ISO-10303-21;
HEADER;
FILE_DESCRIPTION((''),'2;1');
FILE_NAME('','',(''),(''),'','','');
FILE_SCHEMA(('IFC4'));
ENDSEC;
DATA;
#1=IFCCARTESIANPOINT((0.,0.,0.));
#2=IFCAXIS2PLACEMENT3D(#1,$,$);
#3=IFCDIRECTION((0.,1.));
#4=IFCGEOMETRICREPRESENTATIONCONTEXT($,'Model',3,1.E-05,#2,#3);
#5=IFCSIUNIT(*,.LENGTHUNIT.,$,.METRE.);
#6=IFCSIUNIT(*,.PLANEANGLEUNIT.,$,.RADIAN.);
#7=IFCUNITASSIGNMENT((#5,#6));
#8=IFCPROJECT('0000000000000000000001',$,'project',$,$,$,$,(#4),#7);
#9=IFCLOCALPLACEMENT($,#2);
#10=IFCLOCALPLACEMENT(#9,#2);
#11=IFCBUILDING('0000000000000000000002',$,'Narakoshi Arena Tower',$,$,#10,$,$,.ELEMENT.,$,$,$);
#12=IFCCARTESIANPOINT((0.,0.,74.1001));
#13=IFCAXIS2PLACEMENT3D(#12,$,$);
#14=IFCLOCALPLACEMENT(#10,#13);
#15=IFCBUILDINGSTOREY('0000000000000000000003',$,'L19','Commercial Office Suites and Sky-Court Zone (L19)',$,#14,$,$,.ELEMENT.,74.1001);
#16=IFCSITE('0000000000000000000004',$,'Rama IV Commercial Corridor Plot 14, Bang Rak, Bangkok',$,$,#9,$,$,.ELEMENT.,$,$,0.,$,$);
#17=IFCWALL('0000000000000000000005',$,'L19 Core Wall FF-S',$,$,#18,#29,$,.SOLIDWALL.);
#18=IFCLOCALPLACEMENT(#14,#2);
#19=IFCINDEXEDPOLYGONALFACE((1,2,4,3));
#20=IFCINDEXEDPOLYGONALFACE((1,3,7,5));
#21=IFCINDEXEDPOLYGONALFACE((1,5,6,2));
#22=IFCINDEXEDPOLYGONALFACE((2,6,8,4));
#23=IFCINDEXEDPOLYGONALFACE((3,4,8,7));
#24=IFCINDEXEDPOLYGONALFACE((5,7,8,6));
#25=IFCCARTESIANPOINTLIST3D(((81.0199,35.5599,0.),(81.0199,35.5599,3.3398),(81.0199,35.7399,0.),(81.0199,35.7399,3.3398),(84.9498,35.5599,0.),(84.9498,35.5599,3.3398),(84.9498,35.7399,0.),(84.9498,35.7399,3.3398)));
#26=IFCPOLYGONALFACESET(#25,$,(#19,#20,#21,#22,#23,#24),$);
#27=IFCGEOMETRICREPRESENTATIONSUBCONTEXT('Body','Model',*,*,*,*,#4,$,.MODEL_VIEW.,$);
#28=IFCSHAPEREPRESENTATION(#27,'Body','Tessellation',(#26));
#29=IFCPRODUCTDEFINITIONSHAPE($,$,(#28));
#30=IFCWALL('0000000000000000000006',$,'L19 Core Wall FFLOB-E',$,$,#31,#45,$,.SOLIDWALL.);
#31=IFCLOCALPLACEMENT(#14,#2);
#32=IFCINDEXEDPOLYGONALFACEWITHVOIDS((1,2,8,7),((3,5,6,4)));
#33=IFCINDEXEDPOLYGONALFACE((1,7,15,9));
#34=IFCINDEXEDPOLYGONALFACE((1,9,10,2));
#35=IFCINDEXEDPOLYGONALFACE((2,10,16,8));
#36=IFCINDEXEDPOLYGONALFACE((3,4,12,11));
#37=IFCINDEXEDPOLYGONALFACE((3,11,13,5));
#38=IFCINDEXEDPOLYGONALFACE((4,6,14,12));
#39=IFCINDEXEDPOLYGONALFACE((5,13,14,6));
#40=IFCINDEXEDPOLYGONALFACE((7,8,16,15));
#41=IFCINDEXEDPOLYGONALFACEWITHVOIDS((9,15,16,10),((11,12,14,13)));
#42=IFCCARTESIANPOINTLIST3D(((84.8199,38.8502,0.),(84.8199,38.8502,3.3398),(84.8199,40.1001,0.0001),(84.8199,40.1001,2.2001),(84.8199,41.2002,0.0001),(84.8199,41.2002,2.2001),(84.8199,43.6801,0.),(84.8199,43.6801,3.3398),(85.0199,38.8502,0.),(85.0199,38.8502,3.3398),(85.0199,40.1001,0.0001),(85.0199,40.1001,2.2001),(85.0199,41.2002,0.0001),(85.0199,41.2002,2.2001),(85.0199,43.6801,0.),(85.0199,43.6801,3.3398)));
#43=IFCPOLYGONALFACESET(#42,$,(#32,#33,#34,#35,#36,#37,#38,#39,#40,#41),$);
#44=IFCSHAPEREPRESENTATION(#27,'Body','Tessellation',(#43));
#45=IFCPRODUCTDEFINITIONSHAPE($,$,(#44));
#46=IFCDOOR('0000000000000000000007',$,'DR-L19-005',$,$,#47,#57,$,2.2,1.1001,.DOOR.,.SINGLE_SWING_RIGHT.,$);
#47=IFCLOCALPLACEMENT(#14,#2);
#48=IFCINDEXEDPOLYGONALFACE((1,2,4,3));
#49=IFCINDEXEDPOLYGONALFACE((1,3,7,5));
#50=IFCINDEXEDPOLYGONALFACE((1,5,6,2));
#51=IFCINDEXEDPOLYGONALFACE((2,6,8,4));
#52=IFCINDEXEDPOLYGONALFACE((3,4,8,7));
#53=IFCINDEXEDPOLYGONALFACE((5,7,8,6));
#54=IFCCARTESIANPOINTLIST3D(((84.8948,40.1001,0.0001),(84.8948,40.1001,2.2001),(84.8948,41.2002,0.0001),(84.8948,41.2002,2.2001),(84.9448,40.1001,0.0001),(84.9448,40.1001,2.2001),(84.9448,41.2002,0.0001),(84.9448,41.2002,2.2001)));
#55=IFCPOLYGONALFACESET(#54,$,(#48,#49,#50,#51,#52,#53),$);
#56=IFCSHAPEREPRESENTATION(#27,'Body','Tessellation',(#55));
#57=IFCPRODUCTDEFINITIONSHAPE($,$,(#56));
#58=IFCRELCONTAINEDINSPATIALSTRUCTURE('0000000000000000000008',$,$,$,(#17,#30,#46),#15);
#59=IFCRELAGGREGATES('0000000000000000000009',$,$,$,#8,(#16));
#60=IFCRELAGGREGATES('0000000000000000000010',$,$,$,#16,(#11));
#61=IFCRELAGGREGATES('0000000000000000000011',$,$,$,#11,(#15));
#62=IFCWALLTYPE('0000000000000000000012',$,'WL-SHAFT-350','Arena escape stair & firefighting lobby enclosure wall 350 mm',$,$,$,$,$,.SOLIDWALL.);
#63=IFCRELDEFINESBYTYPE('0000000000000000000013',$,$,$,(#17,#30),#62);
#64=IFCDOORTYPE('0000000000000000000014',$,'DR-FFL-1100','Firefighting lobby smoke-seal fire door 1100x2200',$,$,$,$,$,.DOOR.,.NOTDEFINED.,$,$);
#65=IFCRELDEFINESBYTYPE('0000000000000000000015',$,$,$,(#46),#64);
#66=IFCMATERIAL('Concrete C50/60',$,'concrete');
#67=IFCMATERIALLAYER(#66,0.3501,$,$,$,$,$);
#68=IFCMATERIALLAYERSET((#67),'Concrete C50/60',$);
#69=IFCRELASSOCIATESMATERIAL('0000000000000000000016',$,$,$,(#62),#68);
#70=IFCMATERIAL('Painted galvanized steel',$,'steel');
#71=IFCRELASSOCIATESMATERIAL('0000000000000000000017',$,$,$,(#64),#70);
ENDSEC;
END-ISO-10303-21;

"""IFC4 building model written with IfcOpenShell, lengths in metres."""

from ifc_helpers import new_model, si_unit, direction, frame, frame_2d, origin, place, context, subcontext, project, spatial, rectangle, extrude, material, layer, layer_set, type_object, element, fill, save


model = new_model("IFC4")

# Units and contexts
model_context = context("Model", 3, precision=1e-05, world=origin(), true_north=direction((0.0, 1.0)))
body_context = subcontext(model_context, "Body", "Model", "MODEL_VIEW")
ifc_project = project(units=[si_unit("LENGTHUNIT", "METRE"), si_unit("PLANEANGLEUNIT", "RADIAN")], contexts=[model_context])

# Site, building, storey
site_placement = place(None, origin())
site = spatial("IfcSite", under=ifc_project, at=site_placement, Name="Rama IV Commercial Corridor Plot 14, Bang Rak, Bangkok", CompositionType="ELEMENT", RefElevation=0.0)
building_placement = place(site_placement, origin())
building = spatial("IfcBuilding", under=site, at=building_placement, Name="Narakoshi Arena Tower", CompositionType="ELEMENT")
storey_placement = place(building_placement, frame((0.0, 0.0, 74.1001)))
storey = spatial("IfcBuildingStorey", under=building, at=storey_placement, Name="L19", Description="Commercial Office Suites and Sky-Court Zone (L19)", CompositionType="ELEMENT", Elevation=74.1001)

# Shared definitions
ifc_material_1 = material(Name="Concrete C50/60", Category="concrete")
ifc_layer_1 = layer(ifc_material_1, 0.3501)
ifc_layer_set_1 = layer_set([ifc_layer_1], Name="Concrete C50/60")
wall_type_1 = type_object("IfcWallType", Name="WL-SHAFT-350", Description="Arena escape stair & firefighting lobby enclosure wall 350 mm", PredefinedType="SOLIDWALL", material=ifc_layer_set_1)

# Wall
wall_1_placement = place(storey_placement, frame((81.02, 35.6499, 0.0), z_axis=(0.0, 0.0, 1.0), x_axis=(1.0, 0.0, 0.0)))
element("IfcWall", 1, at=wall_1_placement, inside=storey, type_object=wall_type_1, Name="L19 Core Wall FF-S", PredefinedType="SOLIDWALL", context=body_context, shape_type="SweptSolid", body=[
    extrude(rectangle(XDim=3.9299, YDim=0.1799, at=frame_2d((1.9648, 0.0))), origin(), (0.0, 0.0, 1.0), 3.3398),
])

# Wall, opening, door
wall_2_placement = place(storey_placement, frame((84.9199, 38.8501, 0.0), z_axis=(0.0, 0.0, 1.0), x_axis=(0.0, 1.0, 0.0)))
wall_2 = element("IfcWall", 2, at=wall_2_placement, inside=storey, type_object=wall_type_1, Name="L19 Core Wall FFLOB-E", PredefinedType="SOLIDWALL", context=body_context, shape_type="SweptSolid", body=[
    extrude(rectangle(XDim=4.8298, YDim=0.2, at=frame_2d((2.415, 0.0))), origin(), (0.0, 0.0, 1.0), 3.3398),
])
opening_1_placement = place(wall_2_placement, frame((1.25, 0.0, 0.0)))
opening_1 = element("IfcOpeningElement", 3, at=opening_1_placement, cuts=wall_2, PredefinedType="OPENING", context=body_context, shape_type="SweptSolid", body=[
    extrude(rectangle(XDim=1.1001, YDim=2.2, at=frame_2d((0.55, 1.1001))), frame((0.0, 0.1099, 0.0), z_axis=(0.0, -1.0, 0.0), x_axis=(1.0, 0.0, 0.0)), (0.0, 0.0, 1.0), 0.22),
])
ifc_material_2 = material(Name="Painted galvanized steel", Category="steel")
door_type_1 = type_object("IfcDoorType", Name="DR-FFL-1100", Description="Firefighting lobby smoke-seal fire door 1100x2200", OperationType="NOTDEFINED", PredefinedType="DOOR", material=ifc_material_2)
door_1_placement = place(opening_1_placement, frame((1.1001, 0.0, 0.0), z_axis=(0.0, 0.0, 1.0), x_axis=(-1.0, 0.0, 0.0)))
door_1 = element("IfcDoor", 4, at=door_1_placement, inside=storey, type_object=door_type_1, Name="DR-L19-005", OperationType="SINGLE_SWING_RIGHT", OverallHeight=2.2, OverallWidth=1.1001, PredefinedType="DOOR", context=body_context, shape_type="SweptSolid", body=[
    extrude(rectangle(XDim=1.1001, YDim=2.2, at=frame_2d((0.55, 1.1001))), frame((0.0, 0.0249, 0.0), z_axis=(0.0, -1.0, 0.0), x_axis=(1.0, 0.0, 0.0)), (0.0, 0.0, 1.0), 0.05),
])
fill(opening_1, door_1)

save(model, "model.ifc")
